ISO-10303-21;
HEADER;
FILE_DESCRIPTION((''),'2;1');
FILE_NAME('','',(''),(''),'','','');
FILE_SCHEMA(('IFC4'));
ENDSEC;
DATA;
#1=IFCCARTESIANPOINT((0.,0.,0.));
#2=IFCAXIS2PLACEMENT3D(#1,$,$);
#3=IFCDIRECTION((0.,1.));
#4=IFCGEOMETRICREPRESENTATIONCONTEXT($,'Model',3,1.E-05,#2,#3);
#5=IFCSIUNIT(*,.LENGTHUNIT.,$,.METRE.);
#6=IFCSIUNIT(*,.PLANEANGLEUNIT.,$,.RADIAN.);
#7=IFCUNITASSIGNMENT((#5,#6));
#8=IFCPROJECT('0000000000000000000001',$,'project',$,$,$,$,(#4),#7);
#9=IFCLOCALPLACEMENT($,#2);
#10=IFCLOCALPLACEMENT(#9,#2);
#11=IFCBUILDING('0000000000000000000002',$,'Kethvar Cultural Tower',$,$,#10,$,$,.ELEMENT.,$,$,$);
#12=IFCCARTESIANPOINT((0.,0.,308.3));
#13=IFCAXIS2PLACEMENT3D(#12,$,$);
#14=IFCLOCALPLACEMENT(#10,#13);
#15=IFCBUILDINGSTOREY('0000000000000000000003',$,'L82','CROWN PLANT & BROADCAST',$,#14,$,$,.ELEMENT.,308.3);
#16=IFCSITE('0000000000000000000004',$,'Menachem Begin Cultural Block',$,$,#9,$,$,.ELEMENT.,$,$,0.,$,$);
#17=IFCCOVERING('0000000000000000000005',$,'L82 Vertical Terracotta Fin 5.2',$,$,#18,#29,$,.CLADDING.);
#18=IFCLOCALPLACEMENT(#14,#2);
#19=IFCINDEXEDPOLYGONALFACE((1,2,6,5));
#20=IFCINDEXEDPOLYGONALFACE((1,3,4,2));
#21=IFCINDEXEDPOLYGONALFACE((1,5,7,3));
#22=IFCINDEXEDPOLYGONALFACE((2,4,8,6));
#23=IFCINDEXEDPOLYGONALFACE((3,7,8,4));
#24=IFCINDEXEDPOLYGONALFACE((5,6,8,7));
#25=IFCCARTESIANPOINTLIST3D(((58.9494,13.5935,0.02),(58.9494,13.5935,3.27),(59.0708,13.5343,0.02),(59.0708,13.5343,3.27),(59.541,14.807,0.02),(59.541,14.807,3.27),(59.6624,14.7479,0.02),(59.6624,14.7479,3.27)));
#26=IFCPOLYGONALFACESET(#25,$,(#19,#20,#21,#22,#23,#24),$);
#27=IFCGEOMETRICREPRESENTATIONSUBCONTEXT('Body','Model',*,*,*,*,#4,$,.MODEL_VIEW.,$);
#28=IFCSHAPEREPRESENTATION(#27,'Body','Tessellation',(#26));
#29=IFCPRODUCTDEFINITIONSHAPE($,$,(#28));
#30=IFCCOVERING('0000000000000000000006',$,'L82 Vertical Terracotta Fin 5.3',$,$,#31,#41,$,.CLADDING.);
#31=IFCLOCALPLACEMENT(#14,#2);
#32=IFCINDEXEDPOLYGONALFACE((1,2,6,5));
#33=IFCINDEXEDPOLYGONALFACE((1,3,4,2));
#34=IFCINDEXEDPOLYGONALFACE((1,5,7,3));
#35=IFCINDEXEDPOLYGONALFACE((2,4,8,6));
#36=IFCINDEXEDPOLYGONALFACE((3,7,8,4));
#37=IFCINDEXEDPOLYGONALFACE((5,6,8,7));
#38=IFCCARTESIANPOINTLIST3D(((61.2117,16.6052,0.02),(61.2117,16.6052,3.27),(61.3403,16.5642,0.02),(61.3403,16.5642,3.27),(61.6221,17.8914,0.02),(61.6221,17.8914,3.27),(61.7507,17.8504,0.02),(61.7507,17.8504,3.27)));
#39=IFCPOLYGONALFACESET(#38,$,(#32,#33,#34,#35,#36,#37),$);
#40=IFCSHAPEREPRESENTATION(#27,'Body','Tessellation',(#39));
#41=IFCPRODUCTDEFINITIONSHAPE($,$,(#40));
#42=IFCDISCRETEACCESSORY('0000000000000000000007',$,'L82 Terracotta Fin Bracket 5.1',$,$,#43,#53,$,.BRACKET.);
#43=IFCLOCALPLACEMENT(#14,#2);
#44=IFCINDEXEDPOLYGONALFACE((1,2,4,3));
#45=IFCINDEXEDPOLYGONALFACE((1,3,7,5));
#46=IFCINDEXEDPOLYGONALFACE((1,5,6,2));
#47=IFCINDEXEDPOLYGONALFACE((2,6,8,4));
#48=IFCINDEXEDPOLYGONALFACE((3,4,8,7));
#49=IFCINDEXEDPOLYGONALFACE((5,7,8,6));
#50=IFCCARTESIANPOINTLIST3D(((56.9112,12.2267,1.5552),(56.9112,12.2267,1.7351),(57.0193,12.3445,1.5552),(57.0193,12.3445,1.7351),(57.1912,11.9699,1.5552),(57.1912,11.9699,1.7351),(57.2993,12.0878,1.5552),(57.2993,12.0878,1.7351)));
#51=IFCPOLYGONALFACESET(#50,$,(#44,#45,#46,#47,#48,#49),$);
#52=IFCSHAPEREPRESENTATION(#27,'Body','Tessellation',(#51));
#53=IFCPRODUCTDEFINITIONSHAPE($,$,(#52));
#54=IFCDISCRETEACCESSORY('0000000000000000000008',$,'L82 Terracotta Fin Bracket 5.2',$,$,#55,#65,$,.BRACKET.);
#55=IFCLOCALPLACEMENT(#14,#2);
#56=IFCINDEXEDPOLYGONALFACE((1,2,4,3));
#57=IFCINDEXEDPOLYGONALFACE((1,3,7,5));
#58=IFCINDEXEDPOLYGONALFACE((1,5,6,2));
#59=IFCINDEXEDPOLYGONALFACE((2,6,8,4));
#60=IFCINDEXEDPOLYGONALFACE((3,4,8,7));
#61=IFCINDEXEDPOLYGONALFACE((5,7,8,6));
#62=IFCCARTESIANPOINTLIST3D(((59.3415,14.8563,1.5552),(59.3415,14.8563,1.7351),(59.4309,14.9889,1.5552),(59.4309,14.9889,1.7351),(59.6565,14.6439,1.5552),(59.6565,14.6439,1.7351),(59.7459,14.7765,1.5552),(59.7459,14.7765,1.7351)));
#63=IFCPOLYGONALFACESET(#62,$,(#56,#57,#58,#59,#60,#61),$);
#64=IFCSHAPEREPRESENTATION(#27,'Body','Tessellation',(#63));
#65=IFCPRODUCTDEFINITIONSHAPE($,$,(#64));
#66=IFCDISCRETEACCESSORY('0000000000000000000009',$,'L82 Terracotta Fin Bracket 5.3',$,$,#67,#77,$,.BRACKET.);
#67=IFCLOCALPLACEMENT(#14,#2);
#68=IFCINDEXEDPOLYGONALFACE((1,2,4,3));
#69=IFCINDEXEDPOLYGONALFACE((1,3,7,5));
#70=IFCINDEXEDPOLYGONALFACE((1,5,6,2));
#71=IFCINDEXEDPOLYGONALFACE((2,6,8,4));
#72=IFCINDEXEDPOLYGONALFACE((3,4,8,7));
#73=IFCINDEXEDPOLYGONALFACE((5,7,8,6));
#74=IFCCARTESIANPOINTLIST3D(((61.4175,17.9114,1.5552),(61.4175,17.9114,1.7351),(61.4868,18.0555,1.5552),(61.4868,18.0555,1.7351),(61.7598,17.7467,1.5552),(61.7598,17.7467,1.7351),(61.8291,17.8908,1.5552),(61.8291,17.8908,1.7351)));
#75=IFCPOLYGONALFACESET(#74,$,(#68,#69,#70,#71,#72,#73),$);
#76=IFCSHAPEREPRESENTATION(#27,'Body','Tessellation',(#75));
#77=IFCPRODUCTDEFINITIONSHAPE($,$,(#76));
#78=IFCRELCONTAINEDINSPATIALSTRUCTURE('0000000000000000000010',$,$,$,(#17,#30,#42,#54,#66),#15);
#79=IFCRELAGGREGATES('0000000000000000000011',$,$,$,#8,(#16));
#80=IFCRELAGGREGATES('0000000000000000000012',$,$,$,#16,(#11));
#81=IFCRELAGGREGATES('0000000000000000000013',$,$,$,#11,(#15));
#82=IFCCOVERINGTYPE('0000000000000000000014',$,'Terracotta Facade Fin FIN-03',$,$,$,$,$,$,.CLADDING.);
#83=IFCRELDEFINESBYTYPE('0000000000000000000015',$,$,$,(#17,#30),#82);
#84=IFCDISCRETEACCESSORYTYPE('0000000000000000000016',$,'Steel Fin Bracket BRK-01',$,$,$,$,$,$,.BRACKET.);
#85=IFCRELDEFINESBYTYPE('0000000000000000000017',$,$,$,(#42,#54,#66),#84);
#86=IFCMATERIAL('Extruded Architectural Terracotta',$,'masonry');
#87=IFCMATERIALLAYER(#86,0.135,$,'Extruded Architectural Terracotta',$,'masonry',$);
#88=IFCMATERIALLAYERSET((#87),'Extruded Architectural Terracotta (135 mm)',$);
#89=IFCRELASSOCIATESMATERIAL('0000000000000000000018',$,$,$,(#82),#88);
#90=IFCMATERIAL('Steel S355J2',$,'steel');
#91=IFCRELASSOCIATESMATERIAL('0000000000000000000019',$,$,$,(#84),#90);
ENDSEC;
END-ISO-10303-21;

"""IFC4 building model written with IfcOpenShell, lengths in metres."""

from ifc_helpers import new_model, si_unit, direction, frame, origin, origin_2d, place, context, subcontext, project, spatial, rectangle, extrude, source, transform, mapped, material, layer, layer_set, type_object, element, save


model = new_model("IFC4")

# Units and contexts
model_context = context("Model", 3, precision=1e-05, world=origin(), true_north=direction((0.0, 1.0)))
body_context = subcontext(model_context, "Body", "Model", "MODEL_VIEW")
ifc_project = project(units=[si_unit("LENGTHUNIT", "METRE"), si_unit("PLANEANGLEUNIT", "RADIAN")], contexts=[model_context])

# Site, building, storey
site_placement = place(None, origin())
site = spatial("IfcSite", under=ifc_project, at=site_placement, Name="Menachem Begin Cultural Block", CompositionType="ELEMENT", RefElevation=0.0)
building_placement = place(site_placement, origin())
building = spatial("IfcBuilding", under=site, at=building_placement, Name="Kethvar Cultural Tower", CompositionType="ELEMENT")
storey_placement = place(building_placement, frame((0.0, 0.0, 308.3)))
storey = spatial("IfcBuildingStorey", under=building, at=storey_placement, Name="L82", Description="CROWN PLANT & BROADCAST", CompositionType="ELEMENT", Elevation=308.3)

# Shared definitions
ifc_material_1 = material(Name="Steel S355J2", Category="steel")

# Coverings
ifc_material_2 = material(Name="Extruded Architectural Terracotta", Category="masonry")
ifc_layer_1 = layer(ifc_material_2, 0.135, Name="Extruded Architectural Terracotta", Category="masonry")
ifc_layer_set_1 = layer_set([ifc_layer_1], Name="Extruded Architectural Terracotta (135 mm)")
covering_type = type_object("IfcCoveringType", Name="Terracotta Facade Fin FIN-03", PredefinedType="CLADDING", material=ifc_layer_set_1)
shared_shape_1 = source(origin(), body_context, "Body", "SweptSolid", [
    extrude(rectangle(XDim=1.3501, YDim=0.135, at=origin_2d()), origin(), (0.0, 0.0, 1.0), 3.25),
])
for number, where, z_axis, x_axis, name in (
    (1, (59.3059, 14.1707, 0.02), (0.0, 0.0, 1.0), (-0.438214, -0.898871, 0.0), "L82 Vertical Terracotta Fin 5.2"),
    (2, (61.4812, 17.2278, 0.02), (0.0, 0.0, 1.0), (-0.304033, -0.952661, 0.0), "L82 Vertical Terracotta Fin 5.3"),
):
    element("IfcCovering", number, at=place(storey_placement, frame(where, z_axis=z_axis, x_axis=x_axis)), inside=storey, type_object=covering_type, Name=name, PredefinedType="CLADDING", context=body_context, shape_type="MappedRepresentation", body=[
        mapped(shared_shape_1, transform((0.0, 0.0, 0.0), scale=1.0)),
    ])

# Discrete accessories
discrete_accessory_type = type_object("IfcDiscreteAccessoryType", Name="Steel Fin Bracket BRK-01", PredefinedType="BRACKET", material=ifc_material_1)
shared_shape_2 = source(origin(), body_context, "Body", "SweptSolid", [
    extrude(rectangle(XDim=0.3799, YDim=0.1599, at=origin_2d()), origin(), (0.0, 0.0, 1.0), 0.1799),
])
for number, where, z_axis, x_axis, name in (
    (3, (57.1052, 12.1572, 1.5552), (0.0, 0.0, 1.0), (0.737041, -0.675848, 0.0), "L82 Terracotta Fin Bracket 5.1"),
    (4, (59.5437, 14.8164, 1.5552), (0.0, 0.0, 1.0), (0.829135, -0.559048, 0.0), "L82 Terracotta Fin Bracket 5.2"),
    (5, (61.6233, 17.9011, 1.5552), (0.0, 0.0, 1.0), (0.901077, -0.433659, 0.0), "L82 Terracotta Fin Bracket 5.3"),
):
    element("IfcDiscreteAccessory", number, at=place(storey_placement, frame(where, z_axis=z_axis, x_axis=x_axis)), inside=storey, type_object=discrete_accessory_type, Name=name, PredefinedType="BRACKET", context=body_context, shape_type="MappedRepresentation", body=[
        mapped(shared_shape_2, transform((0.0, 0.0, 0.0), scale=1.0)),
    ])

save(model, "model.ifc")
